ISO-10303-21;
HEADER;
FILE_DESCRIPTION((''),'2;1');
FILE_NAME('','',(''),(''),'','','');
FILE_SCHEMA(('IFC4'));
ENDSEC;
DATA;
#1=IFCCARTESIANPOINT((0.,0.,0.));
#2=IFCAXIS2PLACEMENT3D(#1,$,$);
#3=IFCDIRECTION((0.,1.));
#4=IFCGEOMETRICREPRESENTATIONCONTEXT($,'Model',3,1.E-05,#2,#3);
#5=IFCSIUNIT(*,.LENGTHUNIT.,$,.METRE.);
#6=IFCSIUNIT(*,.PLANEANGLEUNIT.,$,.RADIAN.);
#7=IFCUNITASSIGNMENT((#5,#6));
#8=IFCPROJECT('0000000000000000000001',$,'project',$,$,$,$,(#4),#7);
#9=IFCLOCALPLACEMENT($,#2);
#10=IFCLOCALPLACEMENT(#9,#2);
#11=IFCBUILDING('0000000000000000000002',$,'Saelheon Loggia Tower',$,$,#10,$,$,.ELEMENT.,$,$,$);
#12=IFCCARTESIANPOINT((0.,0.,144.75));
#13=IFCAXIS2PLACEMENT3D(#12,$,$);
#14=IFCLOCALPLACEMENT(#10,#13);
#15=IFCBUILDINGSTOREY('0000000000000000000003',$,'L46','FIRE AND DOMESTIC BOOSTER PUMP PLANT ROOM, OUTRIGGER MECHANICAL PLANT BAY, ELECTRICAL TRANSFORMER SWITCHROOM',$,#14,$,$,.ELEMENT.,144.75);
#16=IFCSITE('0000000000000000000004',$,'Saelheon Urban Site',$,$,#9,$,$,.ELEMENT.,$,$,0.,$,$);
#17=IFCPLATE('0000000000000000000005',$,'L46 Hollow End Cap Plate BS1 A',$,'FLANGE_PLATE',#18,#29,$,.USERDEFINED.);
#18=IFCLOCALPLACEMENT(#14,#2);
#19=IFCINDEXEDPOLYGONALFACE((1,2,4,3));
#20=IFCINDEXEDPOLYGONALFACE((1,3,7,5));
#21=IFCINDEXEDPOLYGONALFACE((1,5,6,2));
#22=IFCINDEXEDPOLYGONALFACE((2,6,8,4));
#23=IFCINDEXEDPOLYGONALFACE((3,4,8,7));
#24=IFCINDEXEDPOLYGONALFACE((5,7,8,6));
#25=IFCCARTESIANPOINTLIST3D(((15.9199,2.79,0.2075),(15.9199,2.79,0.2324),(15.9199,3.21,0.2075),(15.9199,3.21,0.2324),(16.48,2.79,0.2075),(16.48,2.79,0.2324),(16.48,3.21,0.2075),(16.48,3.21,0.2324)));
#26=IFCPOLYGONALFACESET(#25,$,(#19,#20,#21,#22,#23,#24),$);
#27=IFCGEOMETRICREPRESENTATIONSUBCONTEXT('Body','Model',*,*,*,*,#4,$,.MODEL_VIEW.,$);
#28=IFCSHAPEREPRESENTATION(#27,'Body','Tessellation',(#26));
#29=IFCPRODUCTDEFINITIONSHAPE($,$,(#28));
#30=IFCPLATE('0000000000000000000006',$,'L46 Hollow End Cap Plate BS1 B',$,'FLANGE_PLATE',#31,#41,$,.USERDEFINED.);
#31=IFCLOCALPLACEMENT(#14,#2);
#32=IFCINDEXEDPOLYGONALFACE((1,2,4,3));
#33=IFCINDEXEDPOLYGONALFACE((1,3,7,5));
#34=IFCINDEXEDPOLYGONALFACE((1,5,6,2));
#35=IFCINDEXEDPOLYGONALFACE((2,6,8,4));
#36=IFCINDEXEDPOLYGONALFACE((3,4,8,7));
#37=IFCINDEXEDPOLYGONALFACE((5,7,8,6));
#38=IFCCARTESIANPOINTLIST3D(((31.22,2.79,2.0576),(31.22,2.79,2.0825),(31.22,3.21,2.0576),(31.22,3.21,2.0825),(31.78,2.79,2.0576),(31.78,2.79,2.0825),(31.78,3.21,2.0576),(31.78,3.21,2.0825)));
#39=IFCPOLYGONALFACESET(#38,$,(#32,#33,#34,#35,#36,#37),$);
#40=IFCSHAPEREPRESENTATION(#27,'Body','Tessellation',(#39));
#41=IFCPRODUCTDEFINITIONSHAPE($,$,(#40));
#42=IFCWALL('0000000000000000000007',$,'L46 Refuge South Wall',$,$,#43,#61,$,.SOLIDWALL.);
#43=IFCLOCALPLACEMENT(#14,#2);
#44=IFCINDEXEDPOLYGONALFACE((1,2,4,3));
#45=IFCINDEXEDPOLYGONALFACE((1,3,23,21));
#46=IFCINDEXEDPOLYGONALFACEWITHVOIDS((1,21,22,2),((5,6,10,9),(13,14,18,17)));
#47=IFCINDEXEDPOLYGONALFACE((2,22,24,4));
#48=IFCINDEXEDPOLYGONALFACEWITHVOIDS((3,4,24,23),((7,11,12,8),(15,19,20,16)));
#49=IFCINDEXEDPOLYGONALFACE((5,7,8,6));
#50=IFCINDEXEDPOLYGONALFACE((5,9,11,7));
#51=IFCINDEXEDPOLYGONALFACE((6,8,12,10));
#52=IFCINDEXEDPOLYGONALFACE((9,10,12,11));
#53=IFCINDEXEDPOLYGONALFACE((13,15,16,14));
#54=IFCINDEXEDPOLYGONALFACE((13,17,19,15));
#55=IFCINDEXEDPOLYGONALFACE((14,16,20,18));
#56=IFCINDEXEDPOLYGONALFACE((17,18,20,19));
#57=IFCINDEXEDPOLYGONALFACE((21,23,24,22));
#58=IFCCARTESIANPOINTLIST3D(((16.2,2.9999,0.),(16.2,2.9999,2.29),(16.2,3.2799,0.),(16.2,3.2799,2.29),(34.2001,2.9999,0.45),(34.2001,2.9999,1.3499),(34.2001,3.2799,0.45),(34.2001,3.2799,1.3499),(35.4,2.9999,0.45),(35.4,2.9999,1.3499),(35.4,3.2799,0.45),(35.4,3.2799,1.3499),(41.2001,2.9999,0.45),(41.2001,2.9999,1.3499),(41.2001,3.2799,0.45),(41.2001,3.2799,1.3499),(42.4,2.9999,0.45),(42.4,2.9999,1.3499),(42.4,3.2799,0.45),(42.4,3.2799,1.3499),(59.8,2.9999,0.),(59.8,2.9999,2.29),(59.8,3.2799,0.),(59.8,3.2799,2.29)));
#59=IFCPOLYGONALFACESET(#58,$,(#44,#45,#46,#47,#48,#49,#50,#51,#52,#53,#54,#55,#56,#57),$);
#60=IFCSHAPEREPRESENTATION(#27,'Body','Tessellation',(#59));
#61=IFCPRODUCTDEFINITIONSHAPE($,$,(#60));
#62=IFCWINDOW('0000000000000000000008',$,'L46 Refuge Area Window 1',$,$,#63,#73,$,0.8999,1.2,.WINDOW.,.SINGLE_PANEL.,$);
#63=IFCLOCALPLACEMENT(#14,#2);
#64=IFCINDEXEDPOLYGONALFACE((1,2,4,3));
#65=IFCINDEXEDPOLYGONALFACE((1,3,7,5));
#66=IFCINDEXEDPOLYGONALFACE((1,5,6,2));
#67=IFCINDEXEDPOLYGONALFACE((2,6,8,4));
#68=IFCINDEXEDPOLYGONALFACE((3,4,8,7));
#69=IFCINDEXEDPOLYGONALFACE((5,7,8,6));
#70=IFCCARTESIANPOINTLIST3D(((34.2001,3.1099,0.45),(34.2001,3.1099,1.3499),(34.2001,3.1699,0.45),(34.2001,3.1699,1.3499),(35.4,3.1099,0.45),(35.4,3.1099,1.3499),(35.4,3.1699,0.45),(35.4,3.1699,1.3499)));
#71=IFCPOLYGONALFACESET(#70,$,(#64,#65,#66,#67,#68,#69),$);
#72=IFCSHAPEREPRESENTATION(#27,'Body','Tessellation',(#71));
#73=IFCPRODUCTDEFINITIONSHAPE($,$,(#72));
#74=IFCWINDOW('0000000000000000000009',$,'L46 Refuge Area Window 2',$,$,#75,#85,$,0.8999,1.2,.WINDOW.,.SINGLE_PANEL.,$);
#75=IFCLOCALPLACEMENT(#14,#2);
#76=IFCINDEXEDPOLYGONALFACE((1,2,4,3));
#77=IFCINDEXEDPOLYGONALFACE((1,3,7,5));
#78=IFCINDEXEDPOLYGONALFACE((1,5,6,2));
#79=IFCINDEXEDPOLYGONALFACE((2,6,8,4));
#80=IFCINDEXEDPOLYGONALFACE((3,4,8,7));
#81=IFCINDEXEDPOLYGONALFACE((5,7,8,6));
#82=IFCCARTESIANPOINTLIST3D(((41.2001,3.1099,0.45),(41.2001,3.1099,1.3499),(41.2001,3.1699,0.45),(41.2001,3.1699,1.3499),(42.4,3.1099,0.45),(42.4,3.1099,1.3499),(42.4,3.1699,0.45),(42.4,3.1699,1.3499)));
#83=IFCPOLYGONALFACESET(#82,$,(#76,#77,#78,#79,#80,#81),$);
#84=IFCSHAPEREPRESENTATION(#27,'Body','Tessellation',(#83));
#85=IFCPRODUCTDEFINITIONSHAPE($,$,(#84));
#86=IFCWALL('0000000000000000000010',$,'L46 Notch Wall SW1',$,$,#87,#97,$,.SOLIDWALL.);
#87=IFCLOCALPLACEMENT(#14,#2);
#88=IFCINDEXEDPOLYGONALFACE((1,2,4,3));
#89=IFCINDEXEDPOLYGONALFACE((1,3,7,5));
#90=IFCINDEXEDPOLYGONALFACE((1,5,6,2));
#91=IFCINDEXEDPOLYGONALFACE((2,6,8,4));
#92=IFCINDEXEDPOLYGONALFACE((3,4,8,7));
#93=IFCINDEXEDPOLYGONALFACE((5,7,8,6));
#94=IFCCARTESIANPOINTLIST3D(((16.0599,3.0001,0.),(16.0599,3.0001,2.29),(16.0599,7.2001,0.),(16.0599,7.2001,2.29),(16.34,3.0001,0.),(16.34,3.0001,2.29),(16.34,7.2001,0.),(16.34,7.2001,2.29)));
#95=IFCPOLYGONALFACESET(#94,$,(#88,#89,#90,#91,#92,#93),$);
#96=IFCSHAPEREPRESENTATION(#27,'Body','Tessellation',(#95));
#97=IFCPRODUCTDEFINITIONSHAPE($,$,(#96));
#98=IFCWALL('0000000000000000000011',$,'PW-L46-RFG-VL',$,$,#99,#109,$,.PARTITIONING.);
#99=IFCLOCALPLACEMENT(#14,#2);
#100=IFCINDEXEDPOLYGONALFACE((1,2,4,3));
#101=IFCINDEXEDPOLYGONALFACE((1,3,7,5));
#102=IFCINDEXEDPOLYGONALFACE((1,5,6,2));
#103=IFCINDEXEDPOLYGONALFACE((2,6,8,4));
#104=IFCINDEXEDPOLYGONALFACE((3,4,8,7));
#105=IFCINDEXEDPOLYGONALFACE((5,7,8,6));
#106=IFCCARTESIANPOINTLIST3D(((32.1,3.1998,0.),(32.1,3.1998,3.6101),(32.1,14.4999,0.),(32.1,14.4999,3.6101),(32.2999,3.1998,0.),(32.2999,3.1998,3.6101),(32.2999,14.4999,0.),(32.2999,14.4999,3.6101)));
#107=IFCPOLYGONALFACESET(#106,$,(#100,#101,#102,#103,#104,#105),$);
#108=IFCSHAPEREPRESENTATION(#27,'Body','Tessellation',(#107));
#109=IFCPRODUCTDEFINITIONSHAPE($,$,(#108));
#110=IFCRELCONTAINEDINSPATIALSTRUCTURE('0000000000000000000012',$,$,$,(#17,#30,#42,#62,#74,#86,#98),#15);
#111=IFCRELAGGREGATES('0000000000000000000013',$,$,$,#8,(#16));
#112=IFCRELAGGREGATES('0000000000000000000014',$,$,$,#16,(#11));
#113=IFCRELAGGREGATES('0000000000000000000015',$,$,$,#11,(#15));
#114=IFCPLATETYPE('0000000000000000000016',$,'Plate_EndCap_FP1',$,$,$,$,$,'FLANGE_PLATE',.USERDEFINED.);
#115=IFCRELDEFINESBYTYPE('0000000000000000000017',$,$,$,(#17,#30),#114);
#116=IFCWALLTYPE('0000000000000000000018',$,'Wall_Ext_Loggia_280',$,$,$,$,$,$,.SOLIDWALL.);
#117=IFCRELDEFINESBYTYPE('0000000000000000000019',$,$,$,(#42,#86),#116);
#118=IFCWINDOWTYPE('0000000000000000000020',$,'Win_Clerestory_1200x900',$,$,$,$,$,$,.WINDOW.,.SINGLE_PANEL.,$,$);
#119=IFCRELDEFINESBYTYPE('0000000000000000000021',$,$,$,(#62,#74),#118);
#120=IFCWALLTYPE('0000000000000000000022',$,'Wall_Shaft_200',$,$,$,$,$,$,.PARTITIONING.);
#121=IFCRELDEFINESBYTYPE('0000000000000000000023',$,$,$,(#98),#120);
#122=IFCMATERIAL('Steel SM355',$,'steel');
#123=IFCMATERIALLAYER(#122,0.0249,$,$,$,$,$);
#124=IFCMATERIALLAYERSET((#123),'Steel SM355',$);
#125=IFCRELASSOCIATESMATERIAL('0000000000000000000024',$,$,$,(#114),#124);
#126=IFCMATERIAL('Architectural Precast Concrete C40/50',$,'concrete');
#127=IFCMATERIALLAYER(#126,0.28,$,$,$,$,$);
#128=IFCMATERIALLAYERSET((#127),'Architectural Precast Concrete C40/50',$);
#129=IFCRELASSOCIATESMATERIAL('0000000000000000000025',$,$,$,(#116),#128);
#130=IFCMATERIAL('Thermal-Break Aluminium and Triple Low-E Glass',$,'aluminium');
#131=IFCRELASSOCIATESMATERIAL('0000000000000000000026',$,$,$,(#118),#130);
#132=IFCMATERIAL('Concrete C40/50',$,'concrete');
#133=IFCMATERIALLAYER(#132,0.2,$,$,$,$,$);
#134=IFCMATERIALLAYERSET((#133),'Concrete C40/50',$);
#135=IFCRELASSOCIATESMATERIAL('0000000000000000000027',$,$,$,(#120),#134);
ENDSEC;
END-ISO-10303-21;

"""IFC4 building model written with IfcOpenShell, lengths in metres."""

from ifc_helpers import new_model, si_unit, direction, frame, frame_2d, origin, origin_2d, place, context, subcontext, project, spatial, rectangle, extrude, source, transform, mapped, material, layer, layer_set, type_object, element, fill, save


model = new_model("IFC4")

# Units and contexts
model_context = context("Model", 3, precision=1e-05, world=origin(), true_north=direction((0.0, 1.0)))
body_context = subcontext(model_context, "Body", "Model", "MODEL_VIEW")
ifc_project = project(units=[si_unit("LENGTHUNIT", "METRE"), si_unit("PLANEANGLEUNIT", "RADIAN")], contexts=[model_context])

# Site, building, storey
site_placement = place(None, origin())
site = spatial("IfcSite", under=ifc_project, at=site_placement, Name="Saelheon Urban Site", CompositionType="ELEMENT", RefElevation=0.0)
building_placement = place(site_placement, origin())
building = spatial("IfcBuilding", under=site, at=building_placement, Name="Saelheon Loggia Tower", CompositionType="ELEMENT")
storey_placement = place(building_placement, frame((0.0, 0.0, 144.75)))
storey = spatial("IfcBuildingStorey", under=building, at=storey_placement, Name="L46", Description="FIRE AND DOMESTIC BOOSTER PUMP PLANT ROOM, OUTRIGGER MECHANICAL PLANT BAY, ELECTRICAL TRANSFORMER SWITCHROOM", CompositionType="ELEMENT", Elevation=144.75)

# Shared definitions
ifc_material_1 = material(Name="Steel SM355", Category="steel")

# Plates
ifc_layer_1 = layer(ifc_material_1, 0.0249)
ifc_layer_set_1 = layer_set([ifc_layer_1], Name="Steel SM355")
plate_type_1 = type_object("IfcPlateType", Name="Plate_EndCap_FP1", ElementType="FLANGE_PLATE", PredefinedType="USERDEFINED", material=ifc_layer_set_1)
shared_shape_1 = source(origin(), body_context, "Body", "SweptSolid", [
    extrude(rectangle(XDim=0.5601, YDim=0.4199, at=origin_2d()), origin(), (0.0, 0.0, 1.0), 0.0249),
])
for number, where, z_axis, x_axis, name in (
    (1, (16.2, 3.0, 0.2075), (0.0, 0.0, 1.0), (1.0, 0.0, 0.0), "L46 Hollow End Cap Plate BS1 A"),
    (2, (31.5, 3.0, 2.0576), (0.0, 0.0, 1.0), (1.0, 0.0, 0.0), "L46 Hollow End Cap Plate BS1 B"),
):
    element("IfcPlate", number, at=place(storey_placement, frame(where, z_axis=z_axis, x_axis=x_axis)), inside=storey, type_object=plate_type_1, Name=name, ObjectType="FLANGE_PLATE", PredefinedType="USERDEFINED", context=body_context, shape_type="MappedRepresentation", body=[
        mapped(shared_shape_1, transform((0.0, 0.0, 0.0), scale=1.0)),
    ])

# Wall, openings, windows
ifc_material_2 = material(Name="Architectural Precast Concrete C40/50", Category="concrete")
ifc_layer_2 = layer(ifc_material_2, 0.28)
ifc_layer_set_2 = layer_set([ifc_layer_2], Name="Architectural Precast Concrete C40/50")
wall_type_1 = type_object("IfcWallType", Name="Wall_Ext_Loggia_280", PredefinedType="SOLIDWALL", material=ifc_layer_set_2)
wall_1_placement = place(storey_placement, frame((16.2, 3.1399, 0.0), z_axis=(0.0, 0.0, 1.0), x_axis=(1.0, 0.0, 0.0)))
wall_1 = element("IfcWall", 3, at=wall_1_placement, inside=storey, type_object=wall_type_1, Name="L46 Refuge South Wall", PredefinedType="SOLIDWALL", context=body_context, shape_type="SweptSolid", body=[
    extrude(rectangle(XDim=43.6001, YDim=0.28, at=frame_2d((21.8, 0.0))), origin(), (0.0, 0.0, 1.0), 2.29),
])
opening_1_placement = place(wall_1_placement, frame((18.0, 0.0, 0.45)))
opening_1 = element("IfcOpeningElement", 4, at=opening_1_placement, cuts=wall_1, PredefinedType="OPENING", context=body_context, shape_type="SweptSolid", body=[
    extrude(rectangle(XDim=1.2, YDim=0.8999, at=frame_2d((0.6001, 0.45))), frame((0.0, 0.1521, 0.0), z_axis=(0.0, -1.0, 0.0), x_axis=(1.0, 0.0, 0.0)), (0.0, 0.0, 1.0), 0.304),
])
opening_2_placement = place(wall_1_placement, frame((25.0, 0.0, 0.45)))
opening_2 = element("IfcOpeningElement", 5, at=opening_2_placement, cuts=wall_1, PredefinedType="OPENING", context=body_context, shape_type="SweptSolid", body=[
    extrude(rectangle(XDim=1.2, YDim=0.8999, at=frame_2d((0.6001, 0.45))), frame((0.0, 0.1521, 0.0), z_axis=(0.0, -1.0, 0.0), x_axis=(1.0, 0.0, 0.0)), (0.0, 0.0, 1.0), 0.304),
])
ifc_material_3 = material(Name="Thermal-Break Aluminium and Triple Low-E Glass", Category="aluminium")
window_type = type_object("IfcWindowType", Name="Win_Clerestory_1200x900", PartitioningType="SINGLE_PANEL", PredefinedType="WINDOW", material=ifc_material_3)
shared_shape_2 = source(origin(), body_context, "Body", "SweptSolid", [
    extrude(rectangle(XDim=1.2, YDim=0.8999, at=frame_2d((0.6001, 0.45))), frame((0.0, 0.03, 0.0), z_axis=(0.0, -1.0, 0.0), x_axis=(1.0, 0.0, 0.0)), (0.0, 0.0, 1.0), 0.0601),
])
window_1_placement = place(opening_1_placement, origin())
window_1 = element("IfcWindow", 6, at=window_1_placement, inside=storey, type_object=window_type, Name="L46 Refuge Area Window 1", OverallHeight=0.8999, OverallWidth=1.2, PartitioningType="SINGLE_PANEL", PredefinedType="WINDOW", context=body_context, shape_type="MappedRepresentation", body=[
    mapped(shared_shape_2, transform((0.0, 0.0, 0.0), scale=1.0)),
])
fill(opening_1, window_1)
window_2_placement = place(opening_2_placement, origin())
window_2 = element("IfcWindow", 7, at=window_2_placement, inside=storey, type_object=window_type, Name="L46 Refuge Area Window 2", OverallHeight=0.8999, OverallWidth=1.2, PartitioningType="SINGLE_PANEL", PredefinedType="WINDOW", context=body_context, shape_type="MappedRepresentation", body=[
    mapped(shared_shape_2, transform((0.0, 0.0, 0.0), scale=1.0)),
])
fill(opening_2, window_2)

# Walls
wall_2_placement = place(storey_placement, frame((16.2, 3.0, 0.0), z_axis=(0.0, 0.0, 1.0), x_axis=(0.0, 1.0, 0.0)))
element("IfcWall", 8, at=wall_2_placement, inside=storey, type_object=wall_type_1, Name="L46 Notch Wall SW1", PredefinedType="SOLIDWALL", context=body_context, shape_type="SweptSolid", body=[
    extrude(rectangle(XDim=4.2, YDim=0.28, at=frame_2d((2.1001, 0.0))), origin(), (0.0, 0.0, 1.0), 2.29),
])
ifc_material_4 = material(Name="Concrete C40/50", Category="concrete")
ifc_layer_3 = layer(ifc_material_4, 0.2)
ifc_layer_set_3 = layer_set([ifc_layer_3], Name="Concrete C40/50")
wall_type_2 = type_object("IfcWallType", Name="Wall_Shaft_200", PredefinedType="PARTITIONING", material=ifc_layer_set_3)
wall_3_placement = place(storey_placement, frame((32.2, 3.2, 0.0), z_axis=(0.0, 0.0, 1.0), x_axis=(0.0, 1.0, 0.0)))
element("IfcWall", 9, at=wall_3_placement, inside=storey, type_object=wall_type_2, Name="PW-L46-RFG-VL", PredefinedType="PARTITIONING", context=body_context, shape_type="SweptSolid", body=[
    extrude(rectangle(XDim=11.3, YDim=0.2, at=frame_2d((5.6499, 0.0))), origin(), (0.0, 0.0, 1.0), 3.6101),
])

save(model, "model.ifc")
